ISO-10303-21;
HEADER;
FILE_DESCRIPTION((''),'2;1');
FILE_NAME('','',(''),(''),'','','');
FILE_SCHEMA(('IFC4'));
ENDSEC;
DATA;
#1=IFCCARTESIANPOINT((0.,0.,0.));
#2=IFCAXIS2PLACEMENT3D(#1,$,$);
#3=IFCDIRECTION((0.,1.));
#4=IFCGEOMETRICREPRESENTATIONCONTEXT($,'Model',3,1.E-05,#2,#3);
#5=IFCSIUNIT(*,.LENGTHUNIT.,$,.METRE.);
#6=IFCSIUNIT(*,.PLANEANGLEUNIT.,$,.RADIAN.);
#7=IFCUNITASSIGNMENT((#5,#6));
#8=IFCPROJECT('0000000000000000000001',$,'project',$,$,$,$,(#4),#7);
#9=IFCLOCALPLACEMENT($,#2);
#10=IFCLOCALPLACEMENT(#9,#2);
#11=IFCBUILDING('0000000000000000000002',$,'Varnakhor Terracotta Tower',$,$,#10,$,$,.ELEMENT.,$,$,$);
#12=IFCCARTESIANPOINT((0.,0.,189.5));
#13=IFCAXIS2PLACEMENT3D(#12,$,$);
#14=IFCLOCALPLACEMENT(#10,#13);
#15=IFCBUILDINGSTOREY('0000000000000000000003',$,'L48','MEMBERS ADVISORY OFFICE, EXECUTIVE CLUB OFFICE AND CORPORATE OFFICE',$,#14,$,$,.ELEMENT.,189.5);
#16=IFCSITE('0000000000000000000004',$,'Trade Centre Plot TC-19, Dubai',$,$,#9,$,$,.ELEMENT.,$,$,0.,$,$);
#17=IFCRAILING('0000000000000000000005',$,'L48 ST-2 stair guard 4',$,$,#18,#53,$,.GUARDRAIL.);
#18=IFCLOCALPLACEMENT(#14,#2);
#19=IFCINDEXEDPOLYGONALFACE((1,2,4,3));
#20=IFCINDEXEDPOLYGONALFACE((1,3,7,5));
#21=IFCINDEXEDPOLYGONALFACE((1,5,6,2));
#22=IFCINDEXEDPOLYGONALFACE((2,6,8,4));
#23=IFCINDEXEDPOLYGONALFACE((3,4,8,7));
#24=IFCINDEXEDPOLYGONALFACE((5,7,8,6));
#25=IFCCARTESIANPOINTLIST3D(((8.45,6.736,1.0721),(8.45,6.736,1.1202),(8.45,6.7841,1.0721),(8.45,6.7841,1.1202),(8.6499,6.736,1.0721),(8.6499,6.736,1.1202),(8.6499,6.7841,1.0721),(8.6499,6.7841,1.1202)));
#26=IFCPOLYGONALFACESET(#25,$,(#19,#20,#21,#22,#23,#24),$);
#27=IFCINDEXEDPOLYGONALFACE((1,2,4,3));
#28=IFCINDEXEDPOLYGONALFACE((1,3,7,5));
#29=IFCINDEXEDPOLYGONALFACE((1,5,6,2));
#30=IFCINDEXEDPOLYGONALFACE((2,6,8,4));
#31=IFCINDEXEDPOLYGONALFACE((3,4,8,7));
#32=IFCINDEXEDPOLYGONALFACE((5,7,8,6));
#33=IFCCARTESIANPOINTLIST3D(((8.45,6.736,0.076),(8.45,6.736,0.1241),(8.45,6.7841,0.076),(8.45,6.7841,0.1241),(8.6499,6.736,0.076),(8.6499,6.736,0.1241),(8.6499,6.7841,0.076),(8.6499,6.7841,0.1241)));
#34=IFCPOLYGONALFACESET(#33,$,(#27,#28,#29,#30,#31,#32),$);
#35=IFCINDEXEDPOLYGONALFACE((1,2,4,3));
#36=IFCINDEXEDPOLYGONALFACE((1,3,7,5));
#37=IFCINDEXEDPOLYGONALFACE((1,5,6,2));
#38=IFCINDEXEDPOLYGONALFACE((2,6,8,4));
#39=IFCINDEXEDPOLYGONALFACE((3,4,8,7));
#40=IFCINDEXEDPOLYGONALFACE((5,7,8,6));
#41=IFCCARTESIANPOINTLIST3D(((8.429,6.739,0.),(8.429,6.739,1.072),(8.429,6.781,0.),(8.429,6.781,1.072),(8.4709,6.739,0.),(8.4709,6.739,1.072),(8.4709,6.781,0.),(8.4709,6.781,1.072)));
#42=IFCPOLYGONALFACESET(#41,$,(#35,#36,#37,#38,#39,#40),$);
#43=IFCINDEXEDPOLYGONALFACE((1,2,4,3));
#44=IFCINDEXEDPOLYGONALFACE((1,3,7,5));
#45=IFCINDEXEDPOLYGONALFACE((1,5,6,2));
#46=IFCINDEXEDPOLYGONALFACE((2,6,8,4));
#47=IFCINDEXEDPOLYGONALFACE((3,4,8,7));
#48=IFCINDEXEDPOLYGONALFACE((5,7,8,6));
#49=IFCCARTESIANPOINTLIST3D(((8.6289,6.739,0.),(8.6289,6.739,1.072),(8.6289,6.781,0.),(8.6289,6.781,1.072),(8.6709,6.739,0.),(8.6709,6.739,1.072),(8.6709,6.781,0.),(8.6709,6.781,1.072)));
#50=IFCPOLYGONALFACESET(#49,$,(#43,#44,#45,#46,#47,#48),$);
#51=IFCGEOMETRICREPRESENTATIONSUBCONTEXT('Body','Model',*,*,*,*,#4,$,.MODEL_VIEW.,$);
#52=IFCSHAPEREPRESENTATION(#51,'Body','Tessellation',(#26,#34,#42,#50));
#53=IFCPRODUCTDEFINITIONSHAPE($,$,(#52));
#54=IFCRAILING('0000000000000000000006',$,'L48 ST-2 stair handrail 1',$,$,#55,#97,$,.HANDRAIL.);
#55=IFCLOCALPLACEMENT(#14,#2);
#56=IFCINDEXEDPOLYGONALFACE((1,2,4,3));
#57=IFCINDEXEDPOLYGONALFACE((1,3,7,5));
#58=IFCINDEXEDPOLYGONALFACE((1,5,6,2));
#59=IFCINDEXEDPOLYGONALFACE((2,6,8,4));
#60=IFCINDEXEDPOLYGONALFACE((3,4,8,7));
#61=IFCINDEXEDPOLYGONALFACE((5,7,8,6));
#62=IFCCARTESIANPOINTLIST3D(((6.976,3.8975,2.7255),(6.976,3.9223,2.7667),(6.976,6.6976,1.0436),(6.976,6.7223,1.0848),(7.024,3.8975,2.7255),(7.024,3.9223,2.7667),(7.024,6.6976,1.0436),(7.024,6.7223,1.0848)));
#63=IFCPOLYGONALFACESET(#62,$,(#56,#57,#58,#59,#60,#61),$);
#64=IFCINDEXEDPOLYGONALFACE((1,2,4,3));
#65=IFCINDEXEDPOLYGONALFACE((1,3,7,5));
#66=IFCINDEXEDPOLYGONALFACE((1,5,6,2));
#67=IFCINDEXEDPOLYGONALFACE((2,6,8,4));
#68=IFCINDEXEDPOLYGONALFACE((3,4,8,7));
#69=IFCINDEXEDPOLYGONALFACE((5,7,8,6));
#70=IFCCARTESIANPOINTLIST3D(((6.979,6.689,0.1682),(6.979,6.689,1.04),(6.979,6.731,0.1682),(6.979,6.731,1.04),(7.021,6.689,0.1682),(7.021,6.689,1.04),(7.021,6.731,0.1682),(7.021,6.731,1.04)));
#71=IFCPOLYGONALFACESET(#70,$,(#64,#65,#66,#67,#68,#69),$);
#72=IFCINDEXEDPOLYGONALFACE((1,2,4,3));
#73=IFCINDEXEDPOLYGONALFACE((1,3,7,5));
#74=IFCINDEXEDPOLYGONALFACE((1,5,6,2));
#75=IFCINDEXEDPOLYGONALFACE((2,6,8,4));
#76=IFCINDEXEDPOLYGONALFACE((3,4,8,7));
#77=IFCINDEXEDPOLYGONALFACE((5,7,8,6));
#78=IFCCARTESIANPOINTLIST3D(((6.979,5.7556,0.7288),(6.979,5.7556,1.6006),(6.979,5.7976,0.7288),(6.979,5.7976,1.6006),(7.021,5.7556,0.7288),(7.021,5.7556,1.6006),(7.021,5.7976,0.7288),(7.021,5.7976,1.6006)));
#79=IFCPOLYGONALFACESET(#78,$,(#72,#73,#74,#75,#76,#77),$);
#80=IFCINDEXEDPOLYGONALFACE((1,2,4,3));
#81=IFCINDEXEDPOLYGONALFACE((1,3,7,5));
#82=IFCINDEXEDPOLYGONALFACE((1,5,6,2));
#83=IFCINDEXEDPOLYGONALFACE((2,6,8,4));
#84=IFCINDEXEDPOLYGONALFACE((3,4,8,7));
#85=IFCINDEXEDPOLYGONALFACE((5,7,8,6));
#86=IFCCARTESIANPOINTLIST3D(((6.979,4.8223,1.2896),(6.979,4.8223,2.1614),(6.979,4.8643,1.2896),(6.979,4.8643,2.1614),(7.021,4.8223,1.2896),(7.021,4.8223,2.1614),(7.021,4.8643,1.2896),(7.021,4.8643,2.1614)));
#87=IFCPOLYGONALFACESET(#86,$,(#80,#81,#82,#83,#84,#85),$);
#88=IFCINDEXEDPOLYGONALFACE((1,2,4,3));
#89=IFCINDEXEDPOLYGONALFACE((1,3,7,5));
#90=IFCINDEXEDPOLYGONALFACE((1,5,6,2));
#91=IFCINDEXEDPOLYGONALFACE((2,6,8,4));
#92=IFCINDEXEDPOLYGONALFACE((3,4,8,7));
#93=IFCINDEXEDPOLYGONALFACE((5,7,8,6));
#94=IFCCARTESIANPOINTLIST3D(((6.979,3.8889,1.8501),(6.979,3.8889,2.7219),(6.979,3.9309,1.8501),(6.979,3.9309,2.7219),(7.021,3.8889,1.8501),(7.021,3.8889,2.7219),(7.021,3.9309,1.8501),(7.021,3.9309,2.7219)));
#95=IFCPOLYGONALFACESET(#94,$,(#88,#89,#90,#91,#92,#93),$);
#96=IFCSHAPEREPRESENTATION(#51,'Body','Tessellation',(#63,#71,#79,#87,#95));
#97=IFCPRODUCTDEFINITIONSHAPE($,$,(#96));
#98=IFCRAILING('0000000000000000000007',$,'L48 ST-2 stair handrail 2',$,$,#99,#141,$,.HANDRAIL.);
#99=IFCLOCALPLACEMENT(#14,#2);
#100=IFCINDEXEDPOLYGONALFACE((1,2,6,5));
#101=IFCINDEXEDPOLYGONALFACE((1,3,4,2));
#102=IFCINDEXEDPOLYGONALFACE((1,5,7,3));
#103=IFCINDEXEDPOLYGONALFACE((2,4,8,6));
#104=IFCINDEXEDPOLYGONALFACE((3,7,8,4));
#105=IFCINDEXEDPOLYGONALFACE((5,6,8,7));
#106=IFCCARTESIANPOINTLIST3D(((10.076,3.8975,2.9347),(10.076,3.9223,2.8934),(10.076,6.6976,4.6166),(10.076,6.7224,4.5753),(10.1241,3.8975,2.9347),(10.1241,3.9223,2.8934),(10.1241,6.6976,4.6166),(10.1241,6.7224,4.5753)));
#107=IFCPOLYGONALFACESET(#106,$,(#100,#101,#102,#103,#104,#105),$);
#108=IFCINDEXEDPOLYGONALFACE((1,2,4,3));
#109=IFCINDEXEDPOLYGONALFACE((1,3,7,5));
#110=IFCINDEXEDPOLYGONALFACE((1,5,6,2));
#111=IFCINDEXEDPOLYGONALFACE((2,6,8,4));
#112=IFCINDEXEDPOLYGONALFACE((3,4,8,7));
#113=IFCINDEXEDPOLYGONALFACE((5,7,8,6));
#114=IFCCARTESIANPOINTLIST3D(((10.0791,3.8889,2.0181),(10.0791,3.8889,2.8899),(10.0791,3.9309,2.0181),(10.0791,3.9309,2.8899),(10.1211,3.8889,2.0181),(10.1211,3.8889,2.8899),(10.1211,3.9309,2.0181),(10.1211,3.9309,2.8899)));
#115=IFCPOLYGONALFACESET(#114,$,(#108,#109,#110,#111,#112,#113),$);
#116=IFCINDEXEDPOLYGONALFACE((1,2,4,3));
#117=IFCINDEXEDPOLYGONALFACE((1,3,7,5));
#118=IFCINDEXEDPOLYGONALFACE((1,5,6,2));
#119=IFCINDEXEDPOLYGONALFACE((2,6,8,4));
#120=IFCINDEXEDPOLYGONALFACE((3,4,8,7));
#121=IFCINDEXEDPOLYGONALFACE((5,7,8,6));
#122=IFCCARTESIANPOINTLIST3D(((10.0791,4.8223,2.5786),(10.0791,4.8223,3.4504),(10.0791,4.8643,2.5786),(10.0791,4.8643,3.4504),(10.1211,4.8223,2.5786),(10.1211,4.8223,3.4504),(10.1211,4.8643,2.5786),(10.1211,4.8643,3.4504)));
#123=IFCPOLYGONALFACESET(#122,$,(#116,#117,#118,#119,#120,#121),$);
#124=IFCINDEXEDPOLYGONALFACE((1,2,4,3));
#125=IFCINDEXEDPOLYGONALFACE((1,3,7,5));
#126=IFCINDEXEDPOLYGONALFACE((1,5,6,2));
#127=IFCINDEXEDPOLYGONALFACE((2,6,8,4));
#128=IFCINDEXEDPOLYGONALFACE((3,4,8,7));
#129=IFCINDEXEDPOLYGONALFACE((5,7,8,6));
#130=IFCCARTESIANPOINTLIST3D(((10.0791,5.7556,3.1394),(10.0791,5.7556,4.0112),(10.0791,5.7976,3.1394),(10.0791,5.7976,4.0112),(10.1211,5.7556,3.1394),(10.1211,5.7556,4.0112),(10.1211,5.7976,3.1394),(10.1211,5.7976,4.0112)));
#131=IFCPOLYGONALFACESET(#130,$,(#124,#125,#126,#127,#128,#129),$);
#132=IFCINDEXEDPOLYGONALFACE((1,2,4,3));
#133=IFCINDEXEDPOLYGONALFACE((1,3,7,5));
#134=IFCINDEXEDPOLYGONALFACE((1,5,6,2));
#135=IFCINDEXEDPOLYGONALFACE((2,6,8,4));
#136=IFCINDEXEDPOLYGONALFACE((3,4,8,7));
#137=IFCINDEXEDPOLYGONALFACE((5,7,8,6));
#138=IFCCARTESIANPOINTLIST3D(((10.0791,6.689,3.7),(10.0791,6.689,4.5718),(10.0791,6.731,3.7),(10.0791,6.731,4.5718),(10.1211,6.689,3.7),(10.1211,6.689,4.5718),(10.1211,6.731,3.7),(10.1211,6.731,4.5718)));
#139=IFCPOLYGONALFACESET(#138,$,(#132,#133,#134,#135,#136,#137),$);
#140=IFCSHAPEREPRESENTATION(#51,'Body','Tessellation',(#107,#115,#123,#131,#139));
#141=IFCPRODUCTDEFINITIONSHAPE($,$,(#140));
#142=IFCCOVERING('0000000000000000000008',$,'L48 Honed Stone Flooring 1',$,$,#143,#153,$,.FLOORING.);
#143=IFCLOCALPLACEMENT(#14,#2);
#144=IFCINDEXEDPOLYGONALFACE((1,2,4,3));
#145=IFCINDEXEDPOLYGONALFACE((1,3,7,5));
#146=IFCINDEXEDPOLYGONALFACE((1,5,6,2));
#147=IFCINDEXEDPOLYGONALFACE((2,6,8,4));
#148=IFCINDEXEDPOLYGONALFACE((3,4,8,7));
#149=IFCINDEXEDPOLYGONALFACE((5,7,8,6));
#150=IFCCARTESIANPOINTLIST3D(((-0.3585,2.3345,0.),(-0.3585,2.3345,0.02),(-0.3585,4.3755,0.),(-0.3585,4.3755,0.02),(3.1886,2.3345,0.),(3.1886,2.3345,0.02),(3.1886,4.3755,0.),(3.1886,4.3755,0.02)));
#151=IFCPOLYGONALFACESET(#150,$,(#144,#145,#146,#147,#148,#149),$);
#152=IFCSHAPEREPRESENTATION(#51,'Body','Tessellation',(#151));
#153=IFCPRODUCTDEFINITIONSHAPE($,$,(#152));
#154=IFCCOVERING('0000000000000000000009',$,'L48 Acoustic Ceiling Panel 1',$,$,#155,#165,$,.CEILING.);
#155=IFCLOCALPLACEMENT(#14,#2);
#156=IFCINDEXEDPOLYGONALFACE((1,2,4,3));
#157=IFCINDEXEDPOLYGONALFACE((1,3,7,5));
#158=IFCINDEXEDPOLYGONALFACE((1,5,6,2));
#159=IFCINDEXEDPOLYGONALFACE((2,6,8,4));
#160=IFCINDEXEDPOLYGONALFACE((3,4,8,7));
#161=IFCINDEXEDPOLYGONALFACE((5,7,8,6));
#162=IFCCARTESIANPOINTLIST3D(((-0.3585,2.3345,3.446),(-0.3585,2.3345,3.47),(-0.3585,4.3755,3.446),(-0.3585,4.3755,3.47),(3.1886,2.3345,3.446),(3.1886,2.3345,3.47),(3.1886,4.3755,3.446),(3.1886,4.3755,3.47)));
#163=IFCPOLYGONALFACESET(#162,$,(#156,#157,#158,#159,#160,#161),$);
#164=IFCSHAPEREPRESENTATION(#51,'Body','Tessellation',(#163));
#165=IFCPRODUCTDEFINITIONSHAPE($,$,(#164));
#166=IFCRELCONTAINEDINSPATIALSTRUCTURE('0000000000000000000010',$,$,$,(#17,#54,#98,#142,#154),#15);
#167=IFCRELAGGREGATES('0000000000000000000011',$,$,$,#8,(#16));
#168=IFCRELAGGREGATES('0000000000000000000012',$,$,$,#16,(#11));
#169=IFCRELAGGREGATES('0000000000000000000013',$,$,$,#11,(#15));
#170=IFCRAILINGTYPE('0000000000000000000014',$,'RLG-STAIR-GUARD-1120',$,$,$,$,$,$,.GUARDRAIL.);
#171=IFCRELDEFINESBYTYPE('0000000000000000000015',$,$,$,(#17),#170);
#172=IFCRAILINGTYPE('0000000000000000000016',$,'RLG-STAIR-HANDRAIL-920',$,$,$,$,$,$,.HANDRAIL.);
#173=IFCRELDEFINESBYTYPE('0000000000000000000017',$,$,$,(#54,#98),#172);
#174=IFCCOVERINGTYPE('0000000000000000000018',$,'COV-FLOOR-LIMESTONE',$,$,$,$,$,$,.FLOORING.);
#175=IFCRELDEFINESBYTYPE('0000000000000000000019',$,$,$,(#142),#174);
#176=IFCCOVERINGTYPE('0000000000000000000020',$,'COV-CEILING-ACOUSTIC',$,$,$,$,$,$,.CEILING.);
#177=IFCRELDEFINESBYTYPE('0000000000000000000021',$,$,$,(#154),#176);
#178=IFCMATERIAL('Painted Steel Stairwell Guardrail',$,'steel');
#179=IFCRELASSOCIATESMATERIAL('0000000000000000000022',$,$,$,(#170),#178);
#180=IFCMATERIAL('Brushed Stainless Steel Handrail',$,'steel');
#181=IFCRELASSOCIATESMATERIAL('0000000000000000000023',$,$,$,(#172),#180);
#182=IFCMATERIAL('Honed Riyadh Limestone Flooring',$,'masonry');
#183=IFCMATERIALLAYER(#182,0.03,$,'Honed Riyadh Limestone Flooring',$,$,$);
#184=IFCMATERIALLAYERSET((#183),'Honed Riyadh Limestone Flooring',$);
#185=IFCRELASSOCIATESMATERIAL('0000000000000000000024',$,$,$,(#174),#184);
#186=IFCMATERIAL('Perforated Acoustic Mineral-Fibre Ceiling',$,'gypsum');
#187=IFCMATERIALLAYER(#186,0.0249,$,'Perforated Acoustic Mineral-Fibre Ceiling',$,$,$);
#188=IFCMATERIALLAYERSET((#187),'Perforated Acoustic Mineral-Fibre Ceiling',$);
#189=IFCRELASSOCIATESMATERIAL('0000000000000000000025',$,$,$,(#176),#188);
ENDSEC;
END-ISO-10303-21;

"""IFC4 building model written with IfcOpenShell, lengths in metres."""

from ifc_helpers import new_model, si_unit, direction, frame, origin, origin_2d, place, context, subcontext, project, spatial, rectangle, extrude, source, transform, mapped, material, layer, layer_set, type_object, element, save


model = new_model("IFC4")

# Units and contexts
model_context = context("Model", 3, precision=1e-05, world=origin(), true_north=direction((0.0, 1.0)))
body_context = subcontext(model_context, "Body", "Model", "MODEL_VIEW")
ifc_project = project(units=[si_unit("LENGTHUNIT", "METRE"), si_unit("PLANEANGLEUNIT", "RADIAN")], contexts=[model_context])

# Site, building, storey
site_placement = place(None, origin())
site = spatial("IfcSite", under=ifc_project, at=site_placement, Name="Trade Centre Plot TC-19, Dubai", CompositionType="ELEMENT", RefElevation=0.0)
building_placement = place(site_placement, origin())
building = spatial("IfcBuilding", under=site, at=building_placement, Name="Varnakhor Terracotta Tower", CompositionType="ELEMENT")
storey_placement = place(building_placement, frame((0.0, 0.0, 189.5)))
storey = spatial("IfcBuildingStorey", under=building, at=storey_placement, Name="L48", Description="MEMBERS ADVISORY OFFICE, EXECUTIVE CLUB OFFICE AND CORPORATE OFFICE", CompositionType="ELEMENT", Elevation=189.5)

# Railings
ifc_material_1 = material(Name="Painted Steel Stairwell Guardrail", Category="steel")
railing_type_1 = type_object("IfcRailingType", Name="RLG-STAIR-GUARD-1120", PredefinedType="GUARDRAIL", material=ifc_material_1)
railing_1_placement = place(storey_placement, frame((8.45, 6.76, 0.0)))
element("IfcRailing", 1, at=railing_1_placement, inside=storey, type_object=railing_type_1, Name="L48 ST-2 stair guard 4", PredefinedType="GUARDRAIL", context=body_context, shape_type="SweptSolid", body=[
    extrude(rectangle(XDim=0.0481, YDim=0.0481, at=origin_2d()), frame((0.0, 0.0, 1.0962), z_axis=(1.0, 0.0, 0.0), x_axis=(0.0, 1.0, 0.0)), (0.0, 0.0, 1.0), 0.2),
    extrude(rectangle(XDim=0.0481, YDim=0.0481, at=origin_2d()), frame((0.0, 0.0, 0.1001), z_axis=(1.0, 0.0, 0.0), x_axis=(0.0, 1.0, 0.0)), (0.0, 0.0, 1.0), 0.2),
    extrude(rectangle(XDim=0.042, YDim=0.042, at=origin_2d()), origin(), (0.0, 0.0, 1.0), 1.072),
    extrude(rectangle(XDim=0.042, YDim=0.042, at=origin_2d()), frame((0.2, 0.0, 0.0)), (0.0, 0.0, 1.0), 1.072),
])
ifc_material_2 = material(Name="Brushed Stainless Steel Handrail", Category="steel")
railing_type_2 = type_object("IfcRailingType", Name="RLG-STAIR-HANDRAIL-920", PredefinedType="HANDRAIL", material=ifc_material_2)
railing_2_placement = place(storey_placement, frame((7.0, 6.71, 0.1682)))
element("IfcRailing", 2, at=railing_2_placement, inside=storey, type_object=railing_type_2, Name="L48 ST-2 stair handrail 1", PredefinedType="HANDRAIL", context=body_context, shape_type="SweptSolid", body=[
    extrude(rectangle(XDim=0.0481, YDim=0.0481, at=origin_2d()), frame((0.0, 0.0, 0.896), z_axis=(0.0, -0.857242, 0.514913), x_axis=(1.0, 0.0, 0.0)), (0.0, 0.0, 1.0), 3.2664),
    extrude(rectangle(XDim=0.042, YDim=0.042, at=origin_2d()), origin(), (0.0, 0.0, 1.0), 0.8718),
    extrude(rectangle(XDim=0.042, YDim=0.042, at=origin_2d()), frame((0.0, -0.9333, 0.5605)), (0.0, 0.0, 1.0), 0.8718),
    extrude(rectangle(XDim=0.042, YDim=0.042, at=origin_2d()), frame((0.0, -1.8667, 1.1213)), (0.0, 0.0, 1.0), 0.8718),
    extrude(rectangle(XDim=0.042, YDim=0.042, at=origin_2d()), frame((0.0, -2.8, 1.6819)), (0.0, 0.0, 1.0), 0.8718),
])
railing_3_placement = place(storey_placement, frame((10.1001, 3.9099, 2.0181)))
element("IfcRailing", 3, at=railing_3_placement, inside=storey, type_object=railing_type_2, Name="L48 ST-2 stair handrail 2", PredefinedType="HANDRAIL", context=body_context, shape_type="SweptSolid", body=[
    extrude(rectangle(XDim=0.0481, YDim=0.0481, at=origin_2d()), frame((0.0, 0.0, 0.896), z_axis=(0.0, 0.857242, 0.514913), x_axis=(-1.0, 0.0, 0.0)), (0.0, 0.0, 1.0), 3.2664),
    extrude(rectangle(XDim=0.042, YDim=0.042, at=origin_2d()), origin(), (0.0, 0.0, 1.0), 0.8718),
    extrude(rectangle(XDim=0.042, YDim=0.042, at=origin_2d()), frame((0.0, 0.9333, 0.5605)), (0.0, 0.0, 1.0), 0.8718),
    extrude(rectangle(XDim=0.042, YDim=0.042, at=origin_2d()), frame((0.0, 1.8667, 1.1213)), (0.0, 0.0, 1.0), 0.8718),
    extrude(rectangle(XDim=0.042, YDim=0.042, at=origin_2d()), frame((0.0, 2.8, 1.6819)), (0.0, 0.0, 1.0), 0.8718),
])

# Coverings
ifc_material_3 = material(Name="Honed Riyadh Limestone Flooring", Category="masonry")
ifc_layer_1 = layer(ifc_material_3, 0.03, Name="Honed Riyadh Limestone Flooring")
ifc_layer_set_1 = layer_set([ifc_layer_1], Name="Honed Riyadh Limestone Flooring")
covering_type_1 = type_object("IfcCoveringType", Name="COV-FLOOR-LIMESTONE", PredefinedType="FLOORING", material=ifc_layer_set_1)
shared_shape_1 = source(origin(), body_context, "Body", "SweptSolid", [
    extrude(rectangle(XDim=3.5471, YDim=2.041, at=origin_2d()), origin(), (0.0, 0.0, 1.0), 0.02),
])
covering_1_placement = place(storey_placement, frame((1.415, 3.355, 0.0), z_axis=(0.0, 0.0, 1.0), x_axis=(1.0, 0.0, 0.0)))
element("IfcCovering", 4, at=covering_1_placement, inside=storey, type_object=covering_type_1, Name="L48 Honed Stone Flooring 1", PredefinedType="FLOORING", context=body_context, shape_type="MappedRepresentation", body=[
    mapped(shared_shape_1, transform((0.0, 0.0, 0.0), scale=1.0)),
])
ifc_material_4 = material(Name="Perforated Acoustic Mineral-Fibre Ceiling", Category="gypsum")
ifc_layer_2 = layer(ifc_material_4, 0.0249, Name="Perforated Acoustic Mineral-Fibre Ceiling")
ifc_layer_set_2 = layer_set([ifc_layer_2], Name="Perforated Acoustic Mineral-Fibre Ceiling")
covering_type_2 = type_object("IfcCoveringType", Name="COV-CEILING-ACOUSTIC", PredefinedType="CEILING", material=ifc_layer_set_2)
shared_shape_2 = source(origin(), body_context, "Body", "SweptSolid", [
    extrude(rectangle(XDim=3.5471, YDim=2.041, at=origin_2d()), origin(), (0.0, 0.0, 1.0), 0.0239),
])
covering_2_placement = place(storey_placement, frame((1.415, 3.355, 3.446), z_axis=(0.0, 0.0, 1.0), x_axis=(1.0, 0.0, 0.0)))
element("IfcCovering", 5, at=covering_2_placement, inside=storey, type_object=covering_type_2, Name="L48 Acoustic Ceiling Panel 1", PredefinedType="CEILING", context=body_context, shape_type="MappedRepresentation", body=[
    mapped(shared_shape_2, transform((0.0, 0.0, 0.0), scale=1.0)),
])

save(model, "model.ifc")
